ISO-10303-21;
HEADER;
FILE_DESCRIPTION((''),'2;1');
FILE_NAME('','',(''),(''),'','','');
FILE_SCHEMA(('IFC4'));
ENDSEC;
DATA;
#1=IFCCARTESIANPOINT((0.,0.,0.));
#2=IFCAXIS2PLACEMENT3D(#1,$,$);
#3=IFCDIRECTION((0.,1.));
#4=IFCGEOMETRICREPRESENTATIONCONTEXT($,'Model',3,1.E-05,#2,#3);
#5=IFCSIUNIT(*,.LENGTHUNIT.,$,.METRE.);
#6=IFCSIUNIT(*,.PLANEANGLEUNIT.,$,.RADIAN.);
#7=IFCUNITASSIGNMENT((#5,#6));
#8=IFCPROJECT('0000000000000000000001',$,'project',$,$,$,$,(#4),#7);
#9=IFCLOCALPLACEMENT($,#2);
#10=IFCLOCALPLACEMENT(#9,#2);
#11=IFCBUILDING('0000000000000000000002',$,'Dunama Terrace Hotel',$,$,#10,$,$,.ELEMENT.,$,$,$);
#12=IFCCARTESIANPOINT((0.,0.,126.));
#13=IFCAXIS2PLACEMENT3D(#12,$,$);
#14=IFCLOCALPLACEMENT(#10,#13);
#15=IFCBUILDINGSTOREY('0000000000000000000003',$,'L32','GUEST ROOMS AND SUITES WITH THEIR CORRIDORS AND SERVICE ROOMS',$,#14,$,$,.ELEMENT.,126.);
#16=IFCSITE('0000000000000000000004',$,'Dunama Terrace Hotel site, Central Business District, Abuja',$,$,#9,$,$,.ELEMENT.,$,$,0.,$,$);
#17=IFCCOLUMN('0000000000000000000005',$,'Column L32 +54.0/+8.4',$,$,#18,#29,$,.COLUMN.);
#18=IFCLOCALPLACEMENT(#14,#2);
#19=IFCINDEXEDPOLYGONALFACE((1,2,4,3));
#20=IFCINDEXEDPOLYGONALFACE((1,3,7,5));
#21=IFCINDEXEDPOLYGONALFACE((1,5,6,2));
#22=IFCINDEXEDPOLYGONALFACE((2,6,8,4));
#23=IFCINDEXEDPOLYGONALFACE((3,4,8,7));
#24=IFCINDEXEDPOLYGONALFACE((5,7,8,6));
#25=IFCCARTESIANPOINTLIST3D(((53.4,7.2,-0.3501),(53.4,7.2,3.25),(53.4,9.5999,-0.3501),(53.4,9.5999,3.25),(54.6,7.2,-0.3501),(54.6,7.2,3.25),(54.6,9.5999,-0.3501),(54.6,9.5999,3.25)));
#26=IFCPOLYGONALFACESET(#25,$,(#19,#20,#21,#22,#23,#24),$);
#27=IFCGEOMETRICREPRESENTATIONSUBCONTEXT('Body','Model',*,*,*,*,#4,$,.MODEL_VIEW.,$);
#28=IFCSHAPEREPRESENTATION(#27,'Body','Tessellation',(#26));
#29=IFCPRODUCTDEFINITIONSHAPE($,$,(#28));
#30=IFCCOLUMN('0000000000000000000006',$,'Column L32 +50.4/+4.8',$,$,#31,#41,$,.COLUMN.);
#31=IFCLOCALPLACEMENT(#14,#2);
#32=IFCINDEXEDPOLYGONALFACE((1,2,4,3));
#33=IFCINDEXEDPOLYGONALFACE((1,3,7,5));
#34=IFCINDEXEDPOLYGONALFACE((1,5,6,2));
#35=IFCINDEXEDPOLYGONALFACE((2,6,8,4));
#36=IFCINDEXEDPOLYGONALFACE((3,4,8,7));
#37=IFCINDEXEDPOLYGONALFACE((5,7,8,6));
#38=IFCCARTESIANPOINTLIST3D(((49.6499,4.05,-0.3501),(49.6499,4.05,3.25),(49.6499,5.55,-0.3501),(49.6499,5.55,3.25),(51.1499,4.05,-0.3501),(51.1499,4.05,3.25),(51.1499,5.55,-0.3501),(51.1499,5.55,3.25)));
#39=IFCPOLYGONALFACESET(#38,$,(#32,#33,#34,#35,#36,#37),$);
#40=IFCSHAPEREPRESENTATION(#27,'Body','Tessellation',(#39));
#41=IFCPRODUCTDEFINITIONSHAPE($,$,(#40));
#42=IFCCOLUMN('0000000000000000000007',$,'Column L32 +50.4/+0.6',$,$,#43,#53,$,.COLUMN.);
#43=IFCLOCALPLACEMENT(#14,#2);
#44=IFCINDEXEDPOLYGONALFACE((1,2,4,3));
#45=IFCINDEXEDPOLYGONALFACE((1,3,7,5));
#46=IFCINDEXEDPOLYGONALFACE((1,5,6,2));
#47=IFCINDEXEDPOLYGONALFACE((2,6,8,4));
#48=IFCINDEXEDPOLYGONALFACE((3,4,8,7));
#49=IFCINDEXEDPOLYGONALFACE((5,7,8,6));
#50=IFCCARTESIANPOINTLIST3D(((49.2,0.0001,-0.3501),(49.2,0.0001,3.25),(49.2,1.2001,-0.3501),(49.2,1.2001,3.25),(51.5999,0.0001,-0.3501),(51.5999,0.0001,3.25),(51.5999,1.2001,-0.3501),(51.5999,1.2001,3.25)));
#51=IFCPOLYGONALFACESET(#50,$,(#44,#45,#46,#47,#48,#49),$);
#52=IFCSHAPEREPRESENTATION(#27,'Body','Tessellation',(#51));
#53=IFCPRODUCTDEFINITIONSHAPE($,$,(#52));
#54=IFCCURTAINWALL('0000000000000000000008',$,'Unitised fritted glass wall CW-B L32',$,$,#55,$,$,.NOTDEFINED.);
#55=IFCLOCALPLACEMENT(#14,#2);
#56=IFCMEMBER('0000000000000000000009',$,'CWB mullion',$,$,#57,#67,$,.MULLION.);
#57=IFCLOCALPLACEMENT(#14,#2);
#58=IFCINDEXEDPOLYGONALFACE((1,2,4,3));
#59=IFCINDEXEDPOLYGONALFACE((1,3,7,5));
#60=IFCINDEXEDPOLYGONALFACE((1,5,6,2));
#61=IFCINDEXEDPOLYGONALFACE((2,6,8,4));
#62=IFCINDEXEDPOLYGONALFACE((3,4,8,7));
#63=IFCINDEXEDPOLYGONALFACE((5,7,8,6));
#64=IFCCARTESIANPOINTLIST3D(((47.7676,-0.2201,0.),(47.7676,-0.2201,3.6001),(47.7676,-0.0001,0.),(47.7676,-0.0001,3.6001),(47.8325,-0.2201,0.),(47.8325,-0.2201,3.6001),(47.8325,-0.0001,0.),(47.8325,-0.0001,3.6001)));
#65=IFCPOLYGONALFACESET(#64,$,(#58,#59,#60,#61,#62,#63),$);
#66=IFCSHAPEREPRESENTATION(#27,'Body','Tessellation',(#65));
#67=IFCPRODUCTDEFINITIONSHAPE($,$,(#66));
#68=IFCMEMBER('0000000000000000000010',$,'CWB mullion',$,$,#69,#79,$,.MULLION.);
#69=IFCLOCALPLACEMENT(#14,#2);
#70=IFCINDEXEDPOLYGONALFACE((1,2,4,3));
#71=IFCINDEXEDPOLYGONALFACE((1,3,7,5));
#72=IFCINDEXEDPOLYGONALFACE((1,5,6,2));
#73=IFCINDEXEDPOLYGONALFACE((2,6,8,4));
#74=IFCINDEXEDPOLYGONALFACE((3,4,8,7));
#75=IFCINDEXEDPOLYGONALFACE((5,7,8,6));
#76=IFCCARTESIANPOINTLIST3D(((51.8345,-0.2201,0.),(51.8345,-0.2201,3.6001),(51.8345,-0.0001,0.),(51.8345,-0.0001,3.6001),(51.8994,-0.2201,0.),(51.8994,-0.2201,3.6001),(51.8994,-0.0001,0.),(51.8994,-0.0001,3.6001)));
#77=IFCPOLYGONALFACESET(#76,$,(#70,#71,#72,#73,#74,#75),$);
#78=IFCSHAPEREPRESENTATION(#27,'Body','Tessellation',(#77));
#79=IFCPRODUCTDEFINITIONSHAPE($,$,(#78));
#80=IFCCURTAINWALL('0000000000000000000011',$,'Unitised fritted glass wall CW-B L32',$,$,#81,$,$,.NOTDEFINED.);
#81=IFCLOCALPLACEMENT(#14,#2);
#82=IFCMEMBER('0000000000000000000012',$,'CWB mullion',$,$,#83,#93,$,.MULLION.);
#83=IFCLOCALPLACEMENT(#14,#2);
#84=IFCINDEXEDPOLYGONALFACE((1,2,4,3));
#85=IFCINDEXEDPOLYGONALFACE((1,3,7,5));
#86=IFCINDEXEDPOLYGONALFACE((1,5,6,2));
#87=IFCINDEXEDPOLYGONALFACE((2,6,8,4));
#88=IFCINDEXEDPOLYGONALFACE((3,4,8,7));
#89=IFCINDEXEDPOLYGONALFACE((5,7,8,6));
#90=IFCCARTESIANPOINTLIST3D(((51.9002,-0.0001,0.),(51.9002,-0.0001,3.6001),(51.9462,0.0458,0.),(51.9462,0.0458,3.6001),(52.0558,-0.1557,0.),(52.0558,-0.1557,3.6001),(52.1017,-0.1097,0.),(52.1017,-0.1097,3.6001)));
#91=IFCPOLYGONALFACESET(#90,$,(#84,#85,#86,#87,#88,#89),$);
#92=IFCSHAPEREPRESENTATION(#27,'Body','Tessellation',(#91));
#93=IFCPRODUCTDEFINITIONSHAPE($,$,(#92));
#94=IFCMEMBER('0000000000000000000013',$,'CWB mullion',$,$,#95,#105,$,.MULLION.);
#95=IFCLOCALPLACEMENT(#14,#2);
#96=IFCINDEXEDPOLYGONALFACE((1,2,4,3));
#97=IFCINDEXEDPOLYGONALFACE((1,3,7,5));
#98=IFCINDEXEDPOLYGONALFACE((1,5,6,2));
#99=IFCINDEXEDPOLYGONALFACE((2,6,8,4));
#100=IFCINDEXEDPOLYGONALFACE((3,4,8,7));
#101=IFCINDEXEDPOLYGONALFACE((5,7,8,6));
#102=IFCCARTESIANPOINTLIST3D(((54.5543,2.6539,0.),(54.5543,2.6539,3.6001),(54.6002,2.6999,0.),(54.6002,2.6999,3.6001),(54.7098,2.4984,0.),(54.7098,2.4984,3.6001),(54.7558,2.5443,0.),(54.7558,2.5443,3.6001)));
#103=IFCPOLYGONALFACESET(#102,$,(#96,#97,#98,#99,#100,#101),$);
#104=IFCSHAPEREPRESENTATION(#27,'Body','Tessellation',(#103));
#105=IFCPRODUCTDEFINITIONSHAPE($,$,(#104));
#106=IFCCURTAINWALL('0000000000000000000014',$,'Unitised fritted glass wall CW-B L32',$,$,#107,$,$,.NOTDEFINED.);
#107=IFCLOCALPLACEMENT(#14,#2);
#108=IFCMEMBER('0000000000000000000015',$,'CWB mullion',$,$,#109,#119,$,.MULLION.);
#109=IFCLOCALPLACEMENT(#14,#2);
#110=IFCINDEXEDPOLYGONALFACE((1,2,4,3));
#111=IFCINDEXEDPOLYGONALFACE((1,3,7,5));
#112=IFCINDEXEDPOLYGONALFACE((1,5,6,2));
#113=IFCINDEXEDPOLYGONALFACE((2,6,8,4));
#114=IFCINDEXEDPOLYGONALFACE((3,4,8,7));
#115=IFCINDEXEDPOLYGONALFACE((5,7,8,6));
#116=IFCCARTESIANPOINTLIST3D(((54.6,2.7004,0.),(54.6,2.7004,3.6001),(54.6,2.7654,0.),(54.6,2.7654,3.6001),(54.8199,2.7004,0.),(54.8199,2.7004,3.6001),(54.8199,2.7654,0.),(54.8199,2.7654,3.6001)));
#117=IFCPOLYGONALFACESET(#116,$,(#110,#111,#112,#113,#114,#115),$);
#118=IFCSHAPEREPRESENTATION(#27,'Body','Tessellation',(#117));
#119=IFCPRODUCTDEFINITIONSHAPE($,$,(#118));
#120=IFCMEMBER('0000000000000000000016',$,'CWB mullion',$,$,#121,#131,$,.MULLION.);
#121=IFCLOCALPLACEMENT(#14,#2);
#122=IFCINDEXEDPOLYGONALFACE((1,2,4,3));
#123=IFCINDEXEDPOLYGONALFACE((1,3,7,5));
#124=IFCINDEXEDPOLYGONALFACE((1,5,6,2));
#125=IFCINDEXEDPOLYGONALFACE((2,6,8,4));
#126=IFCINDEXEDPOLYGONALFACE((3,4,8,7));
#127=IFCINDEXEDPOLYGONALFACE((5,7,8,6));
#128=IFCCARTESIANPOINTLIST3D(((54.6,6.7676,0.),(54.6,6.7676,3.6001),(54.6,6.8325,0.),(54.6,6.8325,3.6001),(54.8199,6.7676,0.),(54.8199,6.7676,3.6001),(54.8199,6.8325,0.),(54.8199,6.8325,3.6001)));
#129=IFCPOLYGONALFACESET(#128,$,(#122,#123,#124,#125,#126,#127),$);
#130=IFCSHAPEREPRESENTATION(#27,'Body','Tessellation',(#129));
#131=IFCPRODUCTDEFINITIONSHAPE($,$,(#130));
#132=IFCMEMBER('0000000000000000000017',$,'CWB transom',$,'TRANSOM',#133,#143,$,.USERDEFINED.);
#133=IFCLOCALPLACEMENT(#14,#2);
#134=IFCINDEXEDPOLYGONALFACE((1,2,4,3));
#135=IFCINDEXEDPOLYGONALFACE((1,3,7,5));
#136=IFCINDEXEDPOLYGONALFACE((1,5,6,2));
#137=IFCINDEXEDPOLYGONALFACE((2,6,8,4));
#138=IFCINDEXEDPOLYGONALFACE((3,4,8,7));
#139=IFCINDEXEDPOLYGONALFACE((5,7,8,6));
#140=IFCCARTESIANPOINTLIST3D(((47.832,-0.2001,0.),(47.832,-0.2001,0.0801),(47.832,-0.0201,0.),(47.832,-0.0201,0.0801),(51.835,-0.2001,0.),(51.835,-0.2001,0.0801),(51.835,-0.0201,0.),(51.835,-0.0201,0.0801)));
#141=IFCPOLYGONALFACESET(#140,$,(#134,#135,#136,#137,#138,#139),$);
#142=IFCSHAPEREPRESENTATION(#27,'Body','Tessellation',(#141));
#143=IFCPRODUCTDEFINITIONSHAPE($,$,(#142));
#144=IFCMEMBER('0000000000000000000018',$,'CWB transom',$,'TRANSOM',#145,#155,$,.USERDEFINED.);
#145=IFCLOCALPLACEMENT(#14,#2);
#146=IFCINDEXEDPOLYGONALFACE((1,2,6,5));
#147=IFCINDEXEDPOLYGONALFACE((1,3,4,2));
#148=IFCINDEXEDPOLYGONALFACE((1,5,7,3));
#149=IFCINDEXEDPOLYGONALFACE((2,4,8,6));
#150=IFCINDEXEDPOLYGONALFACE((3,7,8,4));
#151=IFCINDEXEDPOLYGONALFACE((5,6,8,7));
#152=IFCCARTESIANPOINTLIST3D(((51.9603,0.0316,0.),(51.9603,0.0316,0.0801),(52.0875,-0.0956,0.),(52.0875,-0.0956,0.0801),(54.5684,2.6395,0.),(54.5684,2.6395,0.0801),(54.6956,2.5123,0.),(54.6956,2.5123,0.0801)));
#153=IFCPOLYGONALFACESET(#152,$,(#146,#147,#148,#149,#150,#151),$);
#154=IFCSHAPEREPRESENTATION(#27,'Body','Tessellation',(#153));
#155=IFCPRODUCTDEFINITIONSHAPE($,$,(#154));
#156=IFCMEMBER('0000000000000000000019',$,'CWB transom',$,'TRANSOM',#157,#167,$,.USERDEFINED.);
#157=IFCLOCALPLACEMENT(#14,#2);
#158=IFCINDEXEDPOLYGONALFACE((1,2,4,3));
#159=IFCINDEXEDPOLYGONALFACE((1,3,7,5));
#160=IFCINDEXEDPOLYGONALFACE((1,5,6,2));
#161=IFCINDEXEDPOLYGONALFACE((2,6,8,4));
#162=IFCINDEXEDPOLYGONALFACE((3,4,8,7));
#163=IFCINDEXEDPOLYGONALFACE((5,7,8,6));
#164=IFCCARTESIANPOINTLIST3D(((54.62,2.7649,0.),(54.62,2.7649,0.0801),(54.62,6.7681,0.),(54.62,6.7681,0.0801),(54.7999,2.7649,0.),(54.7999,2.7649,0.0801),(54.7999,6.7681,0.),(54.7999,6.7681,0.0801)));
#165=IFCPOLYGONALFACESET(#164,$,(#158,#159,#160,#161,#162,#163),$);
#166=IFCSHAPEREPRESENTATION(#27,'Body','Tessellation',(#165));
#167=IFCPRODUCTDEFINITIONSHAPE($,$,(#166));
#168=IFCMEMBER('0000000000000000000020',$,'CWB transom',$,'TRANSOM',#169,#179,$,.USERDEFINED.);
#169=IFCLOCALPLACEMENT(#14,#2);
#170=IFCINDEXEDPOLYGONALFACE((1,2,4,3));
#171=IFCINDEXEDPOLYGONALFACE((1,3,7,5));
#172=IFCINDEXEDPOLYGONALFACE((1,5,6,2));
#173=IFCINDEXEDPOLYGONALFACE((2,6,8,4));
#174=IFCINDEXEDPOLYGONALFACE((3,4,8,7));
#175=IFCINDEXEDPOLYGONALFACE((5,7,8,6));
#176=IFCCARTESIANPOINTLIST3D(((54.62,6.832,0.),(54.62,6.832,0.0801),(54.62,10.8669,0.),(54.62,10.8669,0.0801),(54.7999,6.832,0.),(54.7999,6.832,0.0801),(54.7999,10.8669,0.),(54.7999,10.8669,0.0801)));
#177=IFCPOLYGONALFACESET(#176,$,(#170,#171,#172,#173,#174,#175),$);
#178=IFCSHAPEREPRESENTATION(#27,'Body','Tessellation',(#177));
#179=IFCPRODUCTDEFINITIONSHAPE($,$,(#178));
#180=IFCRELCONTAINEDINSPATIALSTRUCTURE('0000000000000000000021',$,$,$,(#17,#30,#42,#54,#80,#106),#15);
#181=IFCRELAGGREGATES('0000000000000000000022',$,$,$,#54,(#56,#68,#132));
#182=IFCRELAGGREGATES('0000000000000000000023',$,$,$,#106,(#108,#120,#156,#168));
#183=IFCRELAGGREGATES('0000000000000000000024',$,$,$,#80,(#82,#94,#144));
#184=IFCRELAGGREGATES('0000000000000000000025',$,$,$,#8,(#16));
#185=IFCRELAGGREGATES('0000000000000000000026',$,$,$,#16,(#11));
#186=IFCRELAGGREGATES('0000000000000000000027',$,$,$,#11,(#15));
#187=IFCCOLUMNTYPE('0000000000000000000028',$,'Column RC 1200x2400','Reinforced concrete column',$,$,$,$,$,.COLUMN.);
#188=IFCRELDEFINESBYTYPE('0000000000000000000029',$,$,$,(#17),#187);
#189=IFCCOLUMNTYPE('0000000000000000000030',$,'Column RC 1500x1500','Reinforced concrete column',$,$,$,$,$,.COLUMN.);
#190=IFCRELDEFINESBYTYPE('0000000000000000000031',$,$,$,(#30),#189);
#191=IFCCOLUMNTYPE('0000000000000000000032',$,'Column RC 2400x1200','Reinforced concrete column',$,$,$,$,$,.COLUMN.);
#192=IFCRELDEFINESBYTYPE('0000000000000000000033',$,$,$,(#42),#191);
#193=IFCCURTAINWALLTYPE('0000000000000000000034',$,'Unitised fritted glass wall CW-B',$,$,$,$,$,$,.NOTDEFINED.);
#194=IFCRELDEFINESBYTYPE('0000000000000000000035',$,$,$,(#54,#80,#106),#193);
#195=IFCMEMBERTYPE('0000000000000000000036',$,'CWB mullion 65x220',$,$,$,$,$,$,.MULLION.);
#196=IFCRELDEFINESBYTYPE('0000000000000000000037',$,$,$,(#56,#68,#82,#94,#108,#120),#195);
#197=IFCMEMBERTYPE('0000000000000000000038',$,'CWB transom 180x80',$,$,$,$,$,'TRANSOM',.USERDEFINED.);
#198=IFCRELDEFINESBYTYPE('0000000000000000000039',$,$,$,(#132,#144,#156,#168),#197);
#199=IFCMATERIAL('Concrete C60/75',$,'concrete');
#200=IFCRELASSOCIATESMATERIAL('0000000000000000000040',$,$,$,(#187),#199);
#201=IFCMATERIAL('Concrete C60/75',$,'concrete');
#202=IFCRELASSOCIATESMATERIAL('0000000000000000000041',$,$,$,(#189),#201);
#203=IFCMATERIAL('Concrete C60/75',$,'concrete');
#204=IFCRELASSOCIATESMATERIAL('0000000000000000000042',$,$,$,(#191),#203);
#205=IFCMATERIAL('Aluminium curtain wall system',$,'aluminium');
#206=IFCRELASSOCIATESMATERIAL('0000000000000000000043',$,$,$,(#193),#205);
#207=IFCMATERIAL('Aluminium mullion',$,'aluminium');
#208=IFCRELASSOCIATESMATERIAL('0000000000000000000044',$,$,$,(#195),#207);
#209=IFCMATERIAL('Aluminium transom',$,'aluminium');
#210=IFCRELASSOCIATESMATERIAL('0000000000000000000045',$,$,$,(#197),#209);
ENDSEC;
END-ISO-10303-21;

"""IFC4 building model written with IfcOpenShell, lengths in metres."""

from ifc_helpers import new_model, si_unit, direction, frame, origin, origin_2d, place, context, subcontext, project, spatial, rectangle, extrude, material, material_profile, profile_set, type_object, element, aggregate, save


model = new_model("IFC4")

# Units and contexts
model_context = context("Model", 3, precision=1e-05, world=origin(), true_north=direction((0.0, 1.0)))
body_context = subcontext(model_context, "Body", "Model", "MODEL_VIEW")
ifc_project = project(units=[si_unit("LENGTHUNIT", "METRE"), si_unit("PLANEANGLEUNIT", "RADIAN")], contexts=[model_context])

# Site, building, storey
site_placement = place(None, origin())
site = spatial("IfcSite", under=ifc_project, at=site_placement, Name="Dunama Terrace Hotel site, Central Business District, Abuja", CompositionType="ELEMENT", RefElevation=0.0)
building_placement = place(site_placement, origin())
building = spatial("IfcBuilding", under=site, at=building_placement, Name="Dunama Terrace Hotel", CompositionType="ELEMENT")
storey_placement = place(building_placement, frame((0.0, 0.0, 126.0)))
storey = spatial("IfcBuildingStorey", under=building, at=storey_placement, Name="L32", Description="GUEST ROOMS AND SUITES WITH THEIR CORRIDORS AND SERVICE ROOMS", CompositionType="ELEMENT", Elevation=126.0)

# Columns
ifc_material_1 = material(Name="Concrete C60/75", Category="concrete")
ifc_material_profile_1 = material_profile(ifc_material_1, rectangle(XDim=1.2, YDim=2.3999, at=origin_2d()), Name="RC 1200x2400")
ifc_profile_set_1 = profile_set([ifc_material_profile_1], Name="Concrete C60/75")
column_type_1 = type_object("IfcColumnType", Name="Column RC 1200x2400", Description="Reinforced concrete column", PredefinedType="COLUMN", material=ifc_profile_set_1)
column_1_placement = place(storey_placement, frame((54.0, 8.3999, -0.3501), z_axis=(0.0, 0.0, 1.0), x_axis=(1.0, 0.0, 0.0)))
element("IfcColumn", 1, at=column_1_placement, inside=storey, type_object=column_type_1, Name="Column L32 +54.0/+8.4", PredefinedType="COLUMN", context=body_context, shape_type="SweptSolid", body=[
    extrude(rectangle(XDim=1.2, YDim=2.3999, at=origin_2d()), origin(), (0.0, 0.0, 1.0), 3.6001),
])
ifc_material_2 = material(Name="Concrete C60/75", Category="concrete")
ifc_material_profile_2 = material_profile(ifc_material_2, rectangle(XDim=1.5, YDim=1.5, at=origin_2d()), Name="RC 1500x1500")
ifc_profile_set_2 = profile_set([ifc_material_profile_2], Name="Concrete C60/75")
column_type_2 = type_object("IfcColumnType", Name="Column RC 1500x1500", Description="Reinforced concrete column", PredefinedType="COLUMN", material=ifc_profile_set_2)
column_2_placement = place(storey_placement, frame((50.3999, 4.8, -0.3501), z_axis=(0.0, 0.0, 1.0), x_axis=(1.0, 0.0, 0.0)))
element("IfcColumn", 2, at=column_2_placement, inside=storey, type_object=column_type_2, Name="Column L32 +50.4/+4.8", PredefinedType="COLUMN", context=body_context, shape_type="SweptSolid", body=[
    extrude(rectangle(XDim=1.5, YDim=1.5, at=origin_2d()), origin(), (0.0, 0.0, 1.0), 3.6001),
])
ifc_material_3 = material(Name="Concrete C60/75", Category="concrete")
ifc_material_profile_3 = material_profile(ifc_material_3, rectangle(XDim=2.3999, YDim=1.2, at=origin_2d()), Name="RC 2400x1200")
ifc_profile_set_3 = profile_set([ifc_material_profile_3], Name="Concrete C60/75")
column_type_3 = type_object("IfcColumnType", Name="Column RC 2400x1200", Description="Reinforced concrete column", PredefinedType="COLUMN", material=ifc_profile_set_3)
column_3_placement = place(storey_placement, frame((50.3999, 0.6001, -0.3501), z_axis=(0.0, 0.0, 1.0), x_axis=(1.0, 0.0, 0.0)))
element("IfcColumn", 3, at=column_3_placement, inside=storey, type_object=column_type_3, Name="Column L32 +50.4/+0.6", PredefinedType="COLUMN", context=body_context, shape_type="SweptSolid", body=[
    extrude(rectangle(XDim=2.3999, YDim=1.2, at=origin_2d()), origin(), (0.0, 0.0, 1.0), 3.6001),
])

# Curtain walls, members
ifc_material_4 = material(Name="Aluminium curtain wall system", Category="aluminium")
curtain_wall_type = type_object("IfcCurtainWallType", Name="Unitised fritted glass wall CW-B", PredefinedType="NOTDEFINED", material=ifc_material_4)
curtain_wall_1_placement = place(storey_placement, origin())
curtain_wall_1 = element("IfcCurtainWall", 4, at=curtain_wall_1_placement, inside=storey, type_object=curtain_wall_type, Name="Unitised fritted glass wall CW-B L32", PredefinedType="NOTDEFINED")
ifc_material_5 = material(Name="Aluminium mullion", Category="aluminium")
ifc_material_profile_4 = material_profile(ifc_material_5, rectangle(XDim=0.0649, YDim=0.22, at=origin_2d()), Name="CWB MULLION 65X220")
ifc_profile_set_4 = profile_set([ifc_material_profile_4], Name="Aluminium mullion")
member_type_1 = type_object("IfcMemberType", Name="CWB mullion 65x220", PredefinedType="MULLION", material=ifc_profile_set_4)
member_1_placement = place(storey_placement, frame((47.8, -0.1101, 0.0), z_axis=(0.0, 0.0, 1.0), x_axis=(1.0, 0.0, 0.0)))
member_1 = element("IfcMember", 5, at=member_1_placement, type_object=member_type_1, Name="CWB mullion", PredefinedType="MULLION", context=body_context, shape_type="SweptSolid", body=[
    extrude(rectangle(XDim=0.0649, YDim=0.22, at=origin_2d()), origin(), (0.0, 0.0, 1.0), 3.6001),
])
member_2_placement = place(storey_placement, frame((51.8669, -0.1101, 0.0), z_axis=(0.0, 0.0, 1.0), x_axis=(1.0, 0.0, 0.0)))
member_2 = element("IfcMember", 6, at=member_2_placement, type_object=member_type_1, Name="CWB mullion", PredefinedType="MULLION", context=body_context, shape_type="SweptSolid", body=[
    extrude(rectangle(XDim=0.0649, YDim=0.22, at=origin_2d()), origin(), (0.0, 0.0, 1.0), 3.6001),
])
curtain_wall_2_placement = place(storey_placement, origin())
curtain_wall_2 = element("IfcCurtainWall", 7, at=curtain_wall_2_placement, inside=storey, type_object=curtain_wall_type, Name="Unitised fritted glass wall CW-B L32", PredefinedType="NOTDEFINED")
member_3_placement = place(storey_placement, frame((52.001, -0.0549, 0.0), z_axis=(0.0, 0.0, 1.0), x_axis=(0.707107, 0.707107, 0.0)))
member_3 = element("IfcMember", 8, at=member_3_placement, type_object=member_type_1, Name="CWB mullion", PredefinedType="MULLION", context=body_context, shape_type="SweptSolid", body=[
    extrude(rectangle(XDim=0.0649, YDim=0.22, at=origin_2d()), origin(), (0.0, 0.0, 1.0), 3.6001),
])
member_4_placement = place(storey_placement, frame((54.655, 2.5991, 0.0), z_axis=(0.0, 0.0, 1.0), x_axis=(0.707107, 0.707107, 0.0)))
member_4 = element("IfcMember", 9, at=member_4_placement, type_object=member_type_1, Name="CWB mullion", PredefinedType="MULLION", context=body_context, shape_type="SweptSolid", body=[
    extrude(rectangle(XDim=0.0649, YDim=0.22, at=origin_2d()), origin(), (0.0, 0.0, 1.0), 3.6001),
])
curtain_wall_3_placement = place(storey_placement, origin())
curtain_wall_3 = element("IfcCurtainWall", 10, at=curtain_wall_3_placement, inside=storey, type_object=curtain_wall_type, Name="Unitised fritted glass wall CW-B L32", PredefinedType="NOTDEFINED")
member_5_placement = place(storey_placement, frame((54.71, 2.7329, 0.0), z_axis=(0.0, 0.0, 1.0), x_axis=(0.0, 1.0, 0.0)))
member_5 = element("IfcMember", 11, at=member_5_placement, type_object=member_type_1, Name="CWB mullion", PredefinedType="MULLION", context=body_context, shape_type="SweptSolid", body=[
    extrude(rectangle(XDim=0.0649, YDim=0.22, at=origin_2d()), origin(), (0.0, 0.0, 1.0), 3.6001),
])
member_6_placement = place(storey_placement, frame((54.71, 6.8, 0.0), z_axis=(0.0, 0.0, 1.0), x_axis=(0.0, 1.0, 0.0)))
member_6 = element("IfcMember", 12, at=member_6_placement, type_object=member_type_1, Name="CWB mullion", PredefinedType="MULLION", context=body_context, shape_type="SweptSolid", body=[
    extrude(rectangle(XDim=0.0649, YDim=0.22, at=origin_2d()), origin(), (0.0, 0.0, 1.0), 3.6001),
])

# Members
ifc_material_6 = material(Name="Aluminium transom", Category="aluminium")
ifc_material_profile_5 = material_profile(ifc_material_6, rectangle(XDim=0.1799, YDim=0.0801, at=origin_2d()), Name="CWB TRANSOM 180X80")
ifc_profile_set_5 = profile_set([ifc_material_profile_5], Name="Aluminium transom")
member_type_2 = type_object("IfcMemberType", Name="CWB transom 180x80", ElementType="TRANSOM", PredefinedType="USERDEFINED", material=ifc_profile_set_5)
member_7_placement = place(storey_placement, frame((47.832, -0.1101, 0.04), z_axis=(1.0, 0.0, 0.0), x_axis=(0.0, 1.0, 0.0)))
member_7 = element("IfcMember", 13, at=member_7_placement, type_object=member_type_2, Name="CWB transom", ObjectType="TRANSOM", PredefinedType="USERDEFINED", context=body_context, shape_type="SweptSolid", body=[
    extrude(rectangle(XDim=0.1799, YDim=0.0801, at=origin_2d()), origin(), (0.0, 0.0, 1.0), 4.0029),
])
member_8_placement = place(storey_placement, frame((52.0239, -0.032, 0.04), z_axis=(0.70714, 0.707074, 0.0), x_axis=(-0.707074, 0.70714, 0.0)))
member_8 = element("IfcMember", 14, at=member_8_placement, type_object=member_type_2, Name="CWB transom", ObjectType="TRANSOM", PredefinedType="USERDEFINED", context=body_context, shape_type="SweptSolid", body=[
    extrude(rectangle(XDim=0.1799, YDim=0.0801, at=origin_2d()), origin(), (0.0, 0.0, 1.0), 3.6882),
])
member_9_placement = place(storey_placement, frame((54.71, 2.7649, 0.04), z_axis=(0.0, 1.0, 0.0), x_axis=(-1.0, 0.0, 0.0)))
member_9 = element("IfcMember", 15, at=member_9_placement, type_object=member_type_2, Name="CWB transom", ObjectType="TRANSOM", PredefinedType="USERDEFINED", context=body_context, shape_type="SweptSolid", body=[
    extrude(rectangle(XDim=0.1799, YDim=0.0801, at=origin_2d()), origin(), (0.0, 0.0, 1.0), 4.0032),
])
member_10_placement = place(storey_placement, frame((54.71, 6.832, 0.04), z_axis=(0.0, 1.0, 0.0), x_axis=(-1.0, 0.0, 0.0)))
member_10 = element("IfcMember", 16, at=member_10_placement, type_object=member_type_2, Name="CWB transom", ObjectType="TRANSOM", PredefinedType="USERDEFINED", context=body_context, shape_type="SweptSolid", body=[
    extrude(rectangle(XDim=0.1799, YDim=0.0801, at=origin_2d()), origin(), (0.0, 0.0, 1.0), 4.0349),
])

aggregate(curtain_wall_1, [member_1, member_2, member_7])
aggregate(curtain_wall_3, [member_5, member_6, member_9, member_10])
aggregate(curtain_wall_2, [member_3, member_4, member_8])

save(model, "model.ifc")
